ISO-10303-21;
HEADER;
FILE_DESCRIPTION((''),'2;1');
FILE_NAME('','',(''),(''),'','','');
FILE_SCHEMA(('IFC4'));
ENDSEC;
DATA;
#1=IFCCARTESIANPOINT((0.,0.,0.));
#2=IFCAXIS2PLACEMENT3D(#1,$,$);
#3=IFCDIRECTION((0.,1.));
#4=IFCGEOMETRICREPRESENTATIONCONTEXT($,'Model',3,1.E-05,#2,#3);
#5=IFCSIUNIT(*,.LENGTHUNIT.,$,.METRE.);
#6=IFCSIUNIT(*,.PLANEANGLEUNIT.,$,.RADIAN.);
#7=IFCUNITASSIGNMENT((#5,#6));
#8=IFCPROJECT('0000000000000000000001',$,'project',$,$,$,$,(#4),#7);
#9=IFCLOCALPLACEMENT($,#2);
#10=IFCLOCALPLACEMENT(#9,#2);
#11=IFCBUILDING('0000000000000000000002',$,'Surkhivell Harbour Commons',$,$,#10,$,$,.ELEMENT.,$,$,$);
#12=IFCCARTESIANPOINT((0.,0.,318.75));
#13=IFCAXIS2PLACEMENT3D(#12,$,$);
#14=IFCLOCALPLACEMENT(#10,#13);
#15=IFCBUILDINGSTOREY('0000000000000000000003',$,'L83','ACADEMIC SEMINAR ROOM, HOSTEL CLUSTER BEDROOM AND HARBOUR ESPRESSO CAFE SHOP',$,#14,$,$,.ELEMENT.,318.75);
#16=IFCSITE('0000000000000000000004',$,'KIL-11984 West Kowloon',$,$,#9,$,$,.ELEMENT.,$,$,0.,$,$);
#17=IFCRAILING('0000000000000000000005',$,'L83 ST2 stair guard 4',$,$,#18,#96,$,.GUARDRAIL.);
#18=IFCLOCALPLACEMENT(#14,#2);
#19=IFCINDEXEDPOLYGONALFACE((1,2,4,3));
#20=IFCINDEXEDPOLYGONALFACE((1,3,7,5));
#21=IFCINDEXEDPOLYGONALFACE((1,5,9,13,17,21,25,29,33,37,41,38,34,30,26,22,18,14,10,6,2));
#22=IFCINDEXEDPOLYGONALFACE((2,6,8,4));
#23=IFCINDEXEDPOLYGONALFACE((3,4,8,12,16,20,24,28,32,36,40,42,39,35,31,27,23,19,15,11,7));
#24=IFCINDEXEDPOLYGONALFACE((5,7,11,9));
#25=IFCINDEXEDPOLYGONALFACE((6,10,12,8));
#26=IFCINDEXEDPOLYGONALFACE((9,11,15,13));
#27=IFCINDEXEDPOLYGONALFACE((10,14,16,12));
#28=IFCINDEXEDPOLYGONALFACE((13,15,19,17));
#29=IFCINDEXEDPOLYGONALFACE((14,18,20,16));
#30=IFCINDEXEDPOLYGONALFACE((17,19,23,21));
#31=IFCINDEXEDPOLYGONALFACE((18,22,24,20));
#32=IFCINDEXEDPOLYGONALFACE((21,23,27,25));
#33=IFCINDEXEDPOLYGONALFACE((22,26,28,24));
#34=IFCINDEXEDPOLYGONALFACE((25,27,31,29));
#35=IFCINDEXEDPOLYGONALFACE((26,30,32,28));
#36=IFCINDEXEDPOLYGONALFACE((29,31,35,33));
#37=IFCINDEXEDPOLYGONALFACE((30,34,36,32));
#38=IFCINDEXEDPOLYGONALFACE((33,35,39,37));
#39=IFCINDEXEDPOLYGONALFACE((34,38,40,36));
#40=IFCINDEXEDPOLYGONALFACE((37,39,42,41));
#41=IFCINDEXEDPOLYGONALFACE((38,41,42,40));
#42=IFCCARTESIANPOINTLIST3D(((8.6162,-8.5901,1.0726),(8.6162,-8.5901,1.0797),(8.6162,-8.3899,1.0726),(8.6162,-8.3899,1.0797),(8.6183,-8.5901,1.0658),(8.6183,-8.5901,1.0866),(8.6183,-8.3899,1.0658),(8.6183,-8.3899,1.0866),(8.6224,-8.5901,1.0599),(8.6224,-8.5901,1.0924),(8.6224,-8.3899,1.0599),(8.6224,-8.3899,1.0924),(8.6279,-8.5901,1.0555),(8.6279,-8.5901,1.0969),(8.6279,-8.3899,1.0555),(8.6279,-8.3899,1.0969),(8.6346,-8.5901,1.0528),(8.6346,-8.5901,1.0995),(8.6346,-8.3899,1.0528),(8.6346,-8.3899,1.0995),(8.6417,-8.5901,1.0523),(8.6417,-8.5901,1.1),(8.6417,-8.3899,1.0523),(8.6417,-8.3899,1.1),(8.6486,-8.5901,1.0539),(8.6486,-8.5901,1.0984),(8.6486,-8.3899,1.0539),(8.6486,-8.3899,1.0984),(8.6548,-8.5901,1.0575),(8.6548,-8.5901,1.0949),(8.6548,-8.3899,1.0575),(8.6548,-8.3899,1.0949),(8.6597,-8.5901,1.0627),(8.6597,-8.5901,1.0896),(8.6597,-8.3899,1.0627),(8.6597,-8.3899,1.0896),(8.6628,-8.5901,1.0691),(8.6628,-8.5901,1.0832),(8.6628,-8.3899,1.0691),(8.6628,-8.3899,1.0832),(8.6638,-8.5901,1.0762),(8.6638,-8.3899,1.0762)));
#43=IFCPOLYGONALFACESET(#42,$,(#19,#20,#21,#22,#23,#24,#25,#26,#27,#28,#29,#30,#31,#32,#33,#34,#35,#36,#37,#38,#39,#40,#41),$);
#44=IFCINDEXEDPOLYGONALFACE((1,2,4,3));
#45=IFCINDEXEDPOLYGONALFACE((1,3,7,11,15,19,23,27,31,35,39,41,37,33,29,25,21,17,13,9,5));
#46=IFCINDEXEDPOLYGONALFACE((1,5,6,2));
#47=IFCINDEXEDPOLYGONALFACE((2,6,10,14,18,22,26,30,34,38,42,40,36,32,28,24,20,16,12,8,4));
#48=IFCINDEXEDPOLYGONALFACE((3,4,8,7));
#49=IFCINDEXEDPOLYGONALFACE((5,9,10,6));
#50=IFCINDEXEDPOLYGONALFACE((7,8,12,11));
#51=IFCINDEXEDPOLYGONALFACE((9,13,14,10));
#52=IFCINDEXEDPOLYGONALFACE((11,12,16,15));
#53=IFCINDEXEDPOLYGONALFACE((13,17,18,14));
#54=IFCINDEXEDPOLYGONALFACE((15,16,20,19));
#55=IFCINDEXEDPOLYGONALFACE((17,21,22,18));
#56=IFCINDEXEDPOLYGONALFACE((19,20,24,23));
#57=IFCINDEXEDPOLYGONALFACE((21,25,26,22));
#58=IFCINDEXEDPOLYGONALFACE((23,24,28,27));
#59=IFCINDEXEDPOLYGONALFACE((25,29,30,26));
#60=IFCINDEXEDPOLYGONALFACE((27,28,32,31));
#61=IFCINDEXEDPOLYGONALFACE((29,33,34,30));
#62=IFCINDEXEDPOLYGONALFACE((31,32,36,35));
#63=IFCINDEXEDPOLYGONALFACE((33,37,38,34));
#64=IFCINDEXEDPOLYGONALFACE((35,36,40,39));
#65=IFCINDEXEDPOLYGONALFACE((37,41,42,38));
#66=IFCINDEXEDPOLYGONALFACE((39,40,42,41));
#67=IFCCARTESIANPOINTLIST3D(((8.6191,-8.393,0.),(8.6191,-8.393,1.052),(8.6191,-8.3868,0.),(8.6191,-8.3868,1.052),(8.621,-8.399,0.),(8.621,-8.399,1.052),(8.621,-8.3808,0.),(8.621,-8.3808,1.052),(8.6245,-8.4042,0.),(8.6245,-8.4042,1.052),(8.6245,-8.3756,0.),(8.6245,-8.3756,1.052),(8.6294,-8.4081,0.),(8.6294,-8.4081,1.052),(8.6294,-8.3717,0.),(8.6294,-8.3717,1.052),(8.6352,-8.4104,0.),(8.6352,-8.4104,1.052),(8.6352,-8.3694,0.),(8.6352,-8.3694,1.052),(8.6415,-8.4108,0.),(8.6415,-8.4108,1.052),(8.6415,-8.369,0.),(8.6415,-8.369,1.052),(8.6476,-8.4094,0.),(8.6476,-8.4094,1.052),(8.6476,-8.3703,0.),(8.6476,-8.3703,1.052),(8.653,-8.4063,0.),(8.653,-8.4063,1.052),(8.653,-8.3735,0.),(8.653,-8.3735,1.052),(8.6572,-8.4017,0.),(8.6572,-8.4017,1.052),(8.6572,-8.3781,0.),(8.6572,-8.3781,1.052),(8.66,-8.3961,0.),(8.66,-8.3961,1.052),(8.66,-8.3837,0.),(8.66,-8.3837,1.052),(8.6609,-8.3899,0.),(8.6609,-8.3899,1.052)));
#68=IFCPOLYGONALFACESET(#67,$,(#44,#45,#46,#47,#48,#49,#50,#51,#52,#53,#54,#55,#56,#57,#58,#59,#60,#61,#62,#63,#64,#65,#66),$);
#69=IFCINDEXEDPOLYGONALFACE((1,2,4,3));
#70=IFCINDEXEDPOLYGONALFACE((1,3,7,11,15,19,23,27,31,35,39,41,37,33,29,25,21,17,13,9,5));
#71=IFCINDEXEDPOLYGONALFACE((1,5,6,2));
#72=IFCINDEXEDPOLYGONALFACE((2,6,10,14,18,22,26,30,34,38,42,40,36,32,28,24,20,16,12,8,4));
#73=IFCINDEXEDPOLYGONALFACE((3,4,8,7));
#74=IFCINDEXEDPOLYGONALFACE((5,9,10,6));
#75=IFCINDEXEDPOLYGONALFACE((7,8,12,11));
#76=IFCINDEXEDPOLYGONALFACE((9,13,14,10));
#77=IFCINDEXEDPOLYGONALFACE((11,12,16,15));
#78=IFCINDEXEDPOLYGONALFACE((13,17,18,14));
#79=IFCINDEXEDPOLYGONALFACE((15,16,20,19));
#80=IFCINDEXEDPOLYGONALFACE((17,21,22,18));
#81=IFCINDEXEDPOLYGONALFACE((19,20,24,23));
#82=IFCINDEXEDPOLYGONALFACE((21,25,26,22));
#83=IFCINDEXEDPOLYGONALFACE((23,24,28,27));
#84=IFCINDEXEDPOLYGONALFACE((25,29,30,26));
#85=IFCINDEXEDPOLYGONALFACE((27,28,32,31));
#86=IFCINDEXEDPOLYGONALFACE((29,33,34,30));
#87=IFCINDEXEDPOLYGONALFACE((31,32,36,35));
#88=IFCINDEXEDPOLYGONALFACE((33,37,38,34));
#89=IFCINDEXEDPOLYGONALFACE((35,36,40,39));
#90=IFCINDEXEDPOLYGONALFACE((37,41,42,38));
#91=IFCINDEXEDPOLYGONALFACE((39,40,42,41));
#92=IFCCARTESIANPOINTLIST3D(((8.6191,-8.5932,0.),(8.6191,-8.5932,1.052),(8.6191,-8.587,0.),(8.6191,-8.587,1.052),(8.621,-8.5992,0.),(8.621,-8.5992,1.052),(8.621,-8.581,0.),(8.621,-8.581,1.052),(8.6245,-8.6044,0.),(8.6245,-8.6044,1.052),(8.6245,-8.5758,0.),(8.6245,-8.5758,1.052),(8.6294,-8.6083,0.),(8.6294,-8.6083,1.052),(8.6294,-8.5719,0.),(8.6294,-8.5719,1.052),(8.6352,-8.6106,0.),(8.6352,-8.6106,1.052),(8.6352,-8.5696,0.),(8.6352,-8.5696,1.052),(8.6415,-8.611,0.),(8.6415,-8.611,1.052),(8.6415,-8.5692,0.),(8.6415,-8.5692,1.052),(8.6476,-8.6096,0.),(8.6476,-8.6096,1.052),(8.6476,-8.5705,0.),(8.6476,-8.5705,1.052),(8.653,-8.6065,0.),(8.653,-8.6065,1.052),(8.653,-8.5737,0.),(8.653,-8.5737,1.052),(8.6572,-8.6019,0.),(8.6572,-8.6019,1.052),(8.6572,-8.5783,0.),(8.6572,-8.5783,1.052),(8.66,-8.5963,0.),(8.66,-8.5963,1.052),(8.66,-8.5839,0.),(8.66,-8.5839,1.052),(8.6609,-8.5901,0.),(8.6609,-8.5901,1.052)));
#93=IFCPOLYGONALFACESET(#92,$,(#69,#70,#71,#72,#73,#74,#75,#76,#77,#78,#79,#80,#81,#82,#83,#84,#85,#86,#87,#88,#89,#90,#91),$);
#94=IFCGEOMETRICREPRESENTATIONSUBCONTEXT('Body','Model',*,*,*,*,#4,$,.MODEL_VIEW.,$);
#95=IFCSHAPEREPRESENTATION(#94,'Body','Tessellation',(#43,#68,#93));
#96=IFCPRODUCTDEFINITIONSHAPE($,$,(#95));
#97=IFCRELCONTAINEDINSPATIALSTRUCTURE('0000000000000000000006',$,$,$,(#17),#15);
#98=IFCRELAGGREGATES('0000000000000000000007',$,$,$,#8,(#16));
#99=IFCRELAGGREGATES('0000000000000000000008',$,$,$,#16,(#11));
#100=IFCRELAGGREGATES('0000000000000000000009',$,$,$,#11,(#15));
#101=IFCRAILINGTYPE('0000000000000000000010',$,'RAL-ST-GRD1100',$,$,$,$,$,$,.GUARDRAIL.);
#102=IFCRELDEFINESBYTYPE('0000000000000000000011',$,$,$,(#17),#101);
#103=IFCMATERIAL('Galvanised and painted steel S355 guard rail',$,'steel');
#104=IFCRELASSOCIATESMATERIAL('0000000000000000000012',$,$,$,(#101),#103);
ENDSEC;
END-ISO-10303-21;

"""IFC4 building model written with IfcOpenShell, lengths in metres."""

from ifc_helpers import new_model, si_unit, direction, frame, origin, origin_2d, place, context, subcontext, project, spatial, circle, extrude, material, type_object, element, save


model = new_model("IFC4")

# Units and contexts
model_context = context("Model", 3, precision=1e-05, world=origin(), true_north=direction((0.0, 1.0)))
body_context = subcontext(model_context, "Body", "Model", "MODEL_VIEW")
ifc_project = project(units=[si_unit("LENGTHUNIT", "METRE"), si_unit("PLANEANGLEUNIT", "RADIAN")], contexts=[model_context])

# Site, building, storey
site_placement = place(None, origin())
site = spatial("IfcSite", under=ifc_project, at=site_placement, Name="KIL-11984 West Kowloon", CompositionType="ELEMENT", RefElevation=0.0)
building_placement = place(site_placement, origin())
building = spatial("IfcBuilding", under=site, at=building_placement, Name="Surkhivell Harbour Commons", CompositionType="ELEMENT")
storey_placement = place(building_placement, frame((0.0, 0.0, 318.75)))
storey = spatial("IfcBuildingStorey", under=building, at=storey_placement, Name="L83", Description="ACADEMIC SEMINAR ROOM, HOSTEL CLUSTER BEDROOM AND HARBOUR ESPRESSO CAFE SHOP", CompositionType="ELEMENT", Elevation=318.75)

# Railing
ifc_material_1 = material(Name="Galvanised and painted steel S355 guard rail", Category="steel")
railing_type_1 = type_object("IfcRailingType", Name="RAL-ST-GRD1100", PredefinedType="GUARDRAIL", material=ifc_material_1)
railing_1_placement = place(storey_placement, frame((8.6399, -8.3899, 0.0)))
element("IfcRailing", 1, at=railing_1_placement, inside=storey, type_object=railing_type_1, Name="L83 ST2 stair guard 4", PredefinedType="GUARDRAIL", context=body_context, shape_type="SweptSolid", body=[
    extrude(circle(Radius=0.0239, at=origin_2d()), frame((0.0, 0.0, 1.0762), z_axis=(0.0, -1.0, 0.0), x_axis=(1.0, 0.0, 0.0)), (0.0, 0.0, 1.0), 0.2002),
    extrude(circle(Radius=0.021, at=origin_2d()), origin(), (0.0, 0.0, 1.0), 1.052),
    extrude(circle(Radius=0.021, at=origin_2d()), frame((0.0, -0.2002, 0.0)), (0.0, 0.0, 1.0), 1.052),
])

save(model, "model.ifc")
